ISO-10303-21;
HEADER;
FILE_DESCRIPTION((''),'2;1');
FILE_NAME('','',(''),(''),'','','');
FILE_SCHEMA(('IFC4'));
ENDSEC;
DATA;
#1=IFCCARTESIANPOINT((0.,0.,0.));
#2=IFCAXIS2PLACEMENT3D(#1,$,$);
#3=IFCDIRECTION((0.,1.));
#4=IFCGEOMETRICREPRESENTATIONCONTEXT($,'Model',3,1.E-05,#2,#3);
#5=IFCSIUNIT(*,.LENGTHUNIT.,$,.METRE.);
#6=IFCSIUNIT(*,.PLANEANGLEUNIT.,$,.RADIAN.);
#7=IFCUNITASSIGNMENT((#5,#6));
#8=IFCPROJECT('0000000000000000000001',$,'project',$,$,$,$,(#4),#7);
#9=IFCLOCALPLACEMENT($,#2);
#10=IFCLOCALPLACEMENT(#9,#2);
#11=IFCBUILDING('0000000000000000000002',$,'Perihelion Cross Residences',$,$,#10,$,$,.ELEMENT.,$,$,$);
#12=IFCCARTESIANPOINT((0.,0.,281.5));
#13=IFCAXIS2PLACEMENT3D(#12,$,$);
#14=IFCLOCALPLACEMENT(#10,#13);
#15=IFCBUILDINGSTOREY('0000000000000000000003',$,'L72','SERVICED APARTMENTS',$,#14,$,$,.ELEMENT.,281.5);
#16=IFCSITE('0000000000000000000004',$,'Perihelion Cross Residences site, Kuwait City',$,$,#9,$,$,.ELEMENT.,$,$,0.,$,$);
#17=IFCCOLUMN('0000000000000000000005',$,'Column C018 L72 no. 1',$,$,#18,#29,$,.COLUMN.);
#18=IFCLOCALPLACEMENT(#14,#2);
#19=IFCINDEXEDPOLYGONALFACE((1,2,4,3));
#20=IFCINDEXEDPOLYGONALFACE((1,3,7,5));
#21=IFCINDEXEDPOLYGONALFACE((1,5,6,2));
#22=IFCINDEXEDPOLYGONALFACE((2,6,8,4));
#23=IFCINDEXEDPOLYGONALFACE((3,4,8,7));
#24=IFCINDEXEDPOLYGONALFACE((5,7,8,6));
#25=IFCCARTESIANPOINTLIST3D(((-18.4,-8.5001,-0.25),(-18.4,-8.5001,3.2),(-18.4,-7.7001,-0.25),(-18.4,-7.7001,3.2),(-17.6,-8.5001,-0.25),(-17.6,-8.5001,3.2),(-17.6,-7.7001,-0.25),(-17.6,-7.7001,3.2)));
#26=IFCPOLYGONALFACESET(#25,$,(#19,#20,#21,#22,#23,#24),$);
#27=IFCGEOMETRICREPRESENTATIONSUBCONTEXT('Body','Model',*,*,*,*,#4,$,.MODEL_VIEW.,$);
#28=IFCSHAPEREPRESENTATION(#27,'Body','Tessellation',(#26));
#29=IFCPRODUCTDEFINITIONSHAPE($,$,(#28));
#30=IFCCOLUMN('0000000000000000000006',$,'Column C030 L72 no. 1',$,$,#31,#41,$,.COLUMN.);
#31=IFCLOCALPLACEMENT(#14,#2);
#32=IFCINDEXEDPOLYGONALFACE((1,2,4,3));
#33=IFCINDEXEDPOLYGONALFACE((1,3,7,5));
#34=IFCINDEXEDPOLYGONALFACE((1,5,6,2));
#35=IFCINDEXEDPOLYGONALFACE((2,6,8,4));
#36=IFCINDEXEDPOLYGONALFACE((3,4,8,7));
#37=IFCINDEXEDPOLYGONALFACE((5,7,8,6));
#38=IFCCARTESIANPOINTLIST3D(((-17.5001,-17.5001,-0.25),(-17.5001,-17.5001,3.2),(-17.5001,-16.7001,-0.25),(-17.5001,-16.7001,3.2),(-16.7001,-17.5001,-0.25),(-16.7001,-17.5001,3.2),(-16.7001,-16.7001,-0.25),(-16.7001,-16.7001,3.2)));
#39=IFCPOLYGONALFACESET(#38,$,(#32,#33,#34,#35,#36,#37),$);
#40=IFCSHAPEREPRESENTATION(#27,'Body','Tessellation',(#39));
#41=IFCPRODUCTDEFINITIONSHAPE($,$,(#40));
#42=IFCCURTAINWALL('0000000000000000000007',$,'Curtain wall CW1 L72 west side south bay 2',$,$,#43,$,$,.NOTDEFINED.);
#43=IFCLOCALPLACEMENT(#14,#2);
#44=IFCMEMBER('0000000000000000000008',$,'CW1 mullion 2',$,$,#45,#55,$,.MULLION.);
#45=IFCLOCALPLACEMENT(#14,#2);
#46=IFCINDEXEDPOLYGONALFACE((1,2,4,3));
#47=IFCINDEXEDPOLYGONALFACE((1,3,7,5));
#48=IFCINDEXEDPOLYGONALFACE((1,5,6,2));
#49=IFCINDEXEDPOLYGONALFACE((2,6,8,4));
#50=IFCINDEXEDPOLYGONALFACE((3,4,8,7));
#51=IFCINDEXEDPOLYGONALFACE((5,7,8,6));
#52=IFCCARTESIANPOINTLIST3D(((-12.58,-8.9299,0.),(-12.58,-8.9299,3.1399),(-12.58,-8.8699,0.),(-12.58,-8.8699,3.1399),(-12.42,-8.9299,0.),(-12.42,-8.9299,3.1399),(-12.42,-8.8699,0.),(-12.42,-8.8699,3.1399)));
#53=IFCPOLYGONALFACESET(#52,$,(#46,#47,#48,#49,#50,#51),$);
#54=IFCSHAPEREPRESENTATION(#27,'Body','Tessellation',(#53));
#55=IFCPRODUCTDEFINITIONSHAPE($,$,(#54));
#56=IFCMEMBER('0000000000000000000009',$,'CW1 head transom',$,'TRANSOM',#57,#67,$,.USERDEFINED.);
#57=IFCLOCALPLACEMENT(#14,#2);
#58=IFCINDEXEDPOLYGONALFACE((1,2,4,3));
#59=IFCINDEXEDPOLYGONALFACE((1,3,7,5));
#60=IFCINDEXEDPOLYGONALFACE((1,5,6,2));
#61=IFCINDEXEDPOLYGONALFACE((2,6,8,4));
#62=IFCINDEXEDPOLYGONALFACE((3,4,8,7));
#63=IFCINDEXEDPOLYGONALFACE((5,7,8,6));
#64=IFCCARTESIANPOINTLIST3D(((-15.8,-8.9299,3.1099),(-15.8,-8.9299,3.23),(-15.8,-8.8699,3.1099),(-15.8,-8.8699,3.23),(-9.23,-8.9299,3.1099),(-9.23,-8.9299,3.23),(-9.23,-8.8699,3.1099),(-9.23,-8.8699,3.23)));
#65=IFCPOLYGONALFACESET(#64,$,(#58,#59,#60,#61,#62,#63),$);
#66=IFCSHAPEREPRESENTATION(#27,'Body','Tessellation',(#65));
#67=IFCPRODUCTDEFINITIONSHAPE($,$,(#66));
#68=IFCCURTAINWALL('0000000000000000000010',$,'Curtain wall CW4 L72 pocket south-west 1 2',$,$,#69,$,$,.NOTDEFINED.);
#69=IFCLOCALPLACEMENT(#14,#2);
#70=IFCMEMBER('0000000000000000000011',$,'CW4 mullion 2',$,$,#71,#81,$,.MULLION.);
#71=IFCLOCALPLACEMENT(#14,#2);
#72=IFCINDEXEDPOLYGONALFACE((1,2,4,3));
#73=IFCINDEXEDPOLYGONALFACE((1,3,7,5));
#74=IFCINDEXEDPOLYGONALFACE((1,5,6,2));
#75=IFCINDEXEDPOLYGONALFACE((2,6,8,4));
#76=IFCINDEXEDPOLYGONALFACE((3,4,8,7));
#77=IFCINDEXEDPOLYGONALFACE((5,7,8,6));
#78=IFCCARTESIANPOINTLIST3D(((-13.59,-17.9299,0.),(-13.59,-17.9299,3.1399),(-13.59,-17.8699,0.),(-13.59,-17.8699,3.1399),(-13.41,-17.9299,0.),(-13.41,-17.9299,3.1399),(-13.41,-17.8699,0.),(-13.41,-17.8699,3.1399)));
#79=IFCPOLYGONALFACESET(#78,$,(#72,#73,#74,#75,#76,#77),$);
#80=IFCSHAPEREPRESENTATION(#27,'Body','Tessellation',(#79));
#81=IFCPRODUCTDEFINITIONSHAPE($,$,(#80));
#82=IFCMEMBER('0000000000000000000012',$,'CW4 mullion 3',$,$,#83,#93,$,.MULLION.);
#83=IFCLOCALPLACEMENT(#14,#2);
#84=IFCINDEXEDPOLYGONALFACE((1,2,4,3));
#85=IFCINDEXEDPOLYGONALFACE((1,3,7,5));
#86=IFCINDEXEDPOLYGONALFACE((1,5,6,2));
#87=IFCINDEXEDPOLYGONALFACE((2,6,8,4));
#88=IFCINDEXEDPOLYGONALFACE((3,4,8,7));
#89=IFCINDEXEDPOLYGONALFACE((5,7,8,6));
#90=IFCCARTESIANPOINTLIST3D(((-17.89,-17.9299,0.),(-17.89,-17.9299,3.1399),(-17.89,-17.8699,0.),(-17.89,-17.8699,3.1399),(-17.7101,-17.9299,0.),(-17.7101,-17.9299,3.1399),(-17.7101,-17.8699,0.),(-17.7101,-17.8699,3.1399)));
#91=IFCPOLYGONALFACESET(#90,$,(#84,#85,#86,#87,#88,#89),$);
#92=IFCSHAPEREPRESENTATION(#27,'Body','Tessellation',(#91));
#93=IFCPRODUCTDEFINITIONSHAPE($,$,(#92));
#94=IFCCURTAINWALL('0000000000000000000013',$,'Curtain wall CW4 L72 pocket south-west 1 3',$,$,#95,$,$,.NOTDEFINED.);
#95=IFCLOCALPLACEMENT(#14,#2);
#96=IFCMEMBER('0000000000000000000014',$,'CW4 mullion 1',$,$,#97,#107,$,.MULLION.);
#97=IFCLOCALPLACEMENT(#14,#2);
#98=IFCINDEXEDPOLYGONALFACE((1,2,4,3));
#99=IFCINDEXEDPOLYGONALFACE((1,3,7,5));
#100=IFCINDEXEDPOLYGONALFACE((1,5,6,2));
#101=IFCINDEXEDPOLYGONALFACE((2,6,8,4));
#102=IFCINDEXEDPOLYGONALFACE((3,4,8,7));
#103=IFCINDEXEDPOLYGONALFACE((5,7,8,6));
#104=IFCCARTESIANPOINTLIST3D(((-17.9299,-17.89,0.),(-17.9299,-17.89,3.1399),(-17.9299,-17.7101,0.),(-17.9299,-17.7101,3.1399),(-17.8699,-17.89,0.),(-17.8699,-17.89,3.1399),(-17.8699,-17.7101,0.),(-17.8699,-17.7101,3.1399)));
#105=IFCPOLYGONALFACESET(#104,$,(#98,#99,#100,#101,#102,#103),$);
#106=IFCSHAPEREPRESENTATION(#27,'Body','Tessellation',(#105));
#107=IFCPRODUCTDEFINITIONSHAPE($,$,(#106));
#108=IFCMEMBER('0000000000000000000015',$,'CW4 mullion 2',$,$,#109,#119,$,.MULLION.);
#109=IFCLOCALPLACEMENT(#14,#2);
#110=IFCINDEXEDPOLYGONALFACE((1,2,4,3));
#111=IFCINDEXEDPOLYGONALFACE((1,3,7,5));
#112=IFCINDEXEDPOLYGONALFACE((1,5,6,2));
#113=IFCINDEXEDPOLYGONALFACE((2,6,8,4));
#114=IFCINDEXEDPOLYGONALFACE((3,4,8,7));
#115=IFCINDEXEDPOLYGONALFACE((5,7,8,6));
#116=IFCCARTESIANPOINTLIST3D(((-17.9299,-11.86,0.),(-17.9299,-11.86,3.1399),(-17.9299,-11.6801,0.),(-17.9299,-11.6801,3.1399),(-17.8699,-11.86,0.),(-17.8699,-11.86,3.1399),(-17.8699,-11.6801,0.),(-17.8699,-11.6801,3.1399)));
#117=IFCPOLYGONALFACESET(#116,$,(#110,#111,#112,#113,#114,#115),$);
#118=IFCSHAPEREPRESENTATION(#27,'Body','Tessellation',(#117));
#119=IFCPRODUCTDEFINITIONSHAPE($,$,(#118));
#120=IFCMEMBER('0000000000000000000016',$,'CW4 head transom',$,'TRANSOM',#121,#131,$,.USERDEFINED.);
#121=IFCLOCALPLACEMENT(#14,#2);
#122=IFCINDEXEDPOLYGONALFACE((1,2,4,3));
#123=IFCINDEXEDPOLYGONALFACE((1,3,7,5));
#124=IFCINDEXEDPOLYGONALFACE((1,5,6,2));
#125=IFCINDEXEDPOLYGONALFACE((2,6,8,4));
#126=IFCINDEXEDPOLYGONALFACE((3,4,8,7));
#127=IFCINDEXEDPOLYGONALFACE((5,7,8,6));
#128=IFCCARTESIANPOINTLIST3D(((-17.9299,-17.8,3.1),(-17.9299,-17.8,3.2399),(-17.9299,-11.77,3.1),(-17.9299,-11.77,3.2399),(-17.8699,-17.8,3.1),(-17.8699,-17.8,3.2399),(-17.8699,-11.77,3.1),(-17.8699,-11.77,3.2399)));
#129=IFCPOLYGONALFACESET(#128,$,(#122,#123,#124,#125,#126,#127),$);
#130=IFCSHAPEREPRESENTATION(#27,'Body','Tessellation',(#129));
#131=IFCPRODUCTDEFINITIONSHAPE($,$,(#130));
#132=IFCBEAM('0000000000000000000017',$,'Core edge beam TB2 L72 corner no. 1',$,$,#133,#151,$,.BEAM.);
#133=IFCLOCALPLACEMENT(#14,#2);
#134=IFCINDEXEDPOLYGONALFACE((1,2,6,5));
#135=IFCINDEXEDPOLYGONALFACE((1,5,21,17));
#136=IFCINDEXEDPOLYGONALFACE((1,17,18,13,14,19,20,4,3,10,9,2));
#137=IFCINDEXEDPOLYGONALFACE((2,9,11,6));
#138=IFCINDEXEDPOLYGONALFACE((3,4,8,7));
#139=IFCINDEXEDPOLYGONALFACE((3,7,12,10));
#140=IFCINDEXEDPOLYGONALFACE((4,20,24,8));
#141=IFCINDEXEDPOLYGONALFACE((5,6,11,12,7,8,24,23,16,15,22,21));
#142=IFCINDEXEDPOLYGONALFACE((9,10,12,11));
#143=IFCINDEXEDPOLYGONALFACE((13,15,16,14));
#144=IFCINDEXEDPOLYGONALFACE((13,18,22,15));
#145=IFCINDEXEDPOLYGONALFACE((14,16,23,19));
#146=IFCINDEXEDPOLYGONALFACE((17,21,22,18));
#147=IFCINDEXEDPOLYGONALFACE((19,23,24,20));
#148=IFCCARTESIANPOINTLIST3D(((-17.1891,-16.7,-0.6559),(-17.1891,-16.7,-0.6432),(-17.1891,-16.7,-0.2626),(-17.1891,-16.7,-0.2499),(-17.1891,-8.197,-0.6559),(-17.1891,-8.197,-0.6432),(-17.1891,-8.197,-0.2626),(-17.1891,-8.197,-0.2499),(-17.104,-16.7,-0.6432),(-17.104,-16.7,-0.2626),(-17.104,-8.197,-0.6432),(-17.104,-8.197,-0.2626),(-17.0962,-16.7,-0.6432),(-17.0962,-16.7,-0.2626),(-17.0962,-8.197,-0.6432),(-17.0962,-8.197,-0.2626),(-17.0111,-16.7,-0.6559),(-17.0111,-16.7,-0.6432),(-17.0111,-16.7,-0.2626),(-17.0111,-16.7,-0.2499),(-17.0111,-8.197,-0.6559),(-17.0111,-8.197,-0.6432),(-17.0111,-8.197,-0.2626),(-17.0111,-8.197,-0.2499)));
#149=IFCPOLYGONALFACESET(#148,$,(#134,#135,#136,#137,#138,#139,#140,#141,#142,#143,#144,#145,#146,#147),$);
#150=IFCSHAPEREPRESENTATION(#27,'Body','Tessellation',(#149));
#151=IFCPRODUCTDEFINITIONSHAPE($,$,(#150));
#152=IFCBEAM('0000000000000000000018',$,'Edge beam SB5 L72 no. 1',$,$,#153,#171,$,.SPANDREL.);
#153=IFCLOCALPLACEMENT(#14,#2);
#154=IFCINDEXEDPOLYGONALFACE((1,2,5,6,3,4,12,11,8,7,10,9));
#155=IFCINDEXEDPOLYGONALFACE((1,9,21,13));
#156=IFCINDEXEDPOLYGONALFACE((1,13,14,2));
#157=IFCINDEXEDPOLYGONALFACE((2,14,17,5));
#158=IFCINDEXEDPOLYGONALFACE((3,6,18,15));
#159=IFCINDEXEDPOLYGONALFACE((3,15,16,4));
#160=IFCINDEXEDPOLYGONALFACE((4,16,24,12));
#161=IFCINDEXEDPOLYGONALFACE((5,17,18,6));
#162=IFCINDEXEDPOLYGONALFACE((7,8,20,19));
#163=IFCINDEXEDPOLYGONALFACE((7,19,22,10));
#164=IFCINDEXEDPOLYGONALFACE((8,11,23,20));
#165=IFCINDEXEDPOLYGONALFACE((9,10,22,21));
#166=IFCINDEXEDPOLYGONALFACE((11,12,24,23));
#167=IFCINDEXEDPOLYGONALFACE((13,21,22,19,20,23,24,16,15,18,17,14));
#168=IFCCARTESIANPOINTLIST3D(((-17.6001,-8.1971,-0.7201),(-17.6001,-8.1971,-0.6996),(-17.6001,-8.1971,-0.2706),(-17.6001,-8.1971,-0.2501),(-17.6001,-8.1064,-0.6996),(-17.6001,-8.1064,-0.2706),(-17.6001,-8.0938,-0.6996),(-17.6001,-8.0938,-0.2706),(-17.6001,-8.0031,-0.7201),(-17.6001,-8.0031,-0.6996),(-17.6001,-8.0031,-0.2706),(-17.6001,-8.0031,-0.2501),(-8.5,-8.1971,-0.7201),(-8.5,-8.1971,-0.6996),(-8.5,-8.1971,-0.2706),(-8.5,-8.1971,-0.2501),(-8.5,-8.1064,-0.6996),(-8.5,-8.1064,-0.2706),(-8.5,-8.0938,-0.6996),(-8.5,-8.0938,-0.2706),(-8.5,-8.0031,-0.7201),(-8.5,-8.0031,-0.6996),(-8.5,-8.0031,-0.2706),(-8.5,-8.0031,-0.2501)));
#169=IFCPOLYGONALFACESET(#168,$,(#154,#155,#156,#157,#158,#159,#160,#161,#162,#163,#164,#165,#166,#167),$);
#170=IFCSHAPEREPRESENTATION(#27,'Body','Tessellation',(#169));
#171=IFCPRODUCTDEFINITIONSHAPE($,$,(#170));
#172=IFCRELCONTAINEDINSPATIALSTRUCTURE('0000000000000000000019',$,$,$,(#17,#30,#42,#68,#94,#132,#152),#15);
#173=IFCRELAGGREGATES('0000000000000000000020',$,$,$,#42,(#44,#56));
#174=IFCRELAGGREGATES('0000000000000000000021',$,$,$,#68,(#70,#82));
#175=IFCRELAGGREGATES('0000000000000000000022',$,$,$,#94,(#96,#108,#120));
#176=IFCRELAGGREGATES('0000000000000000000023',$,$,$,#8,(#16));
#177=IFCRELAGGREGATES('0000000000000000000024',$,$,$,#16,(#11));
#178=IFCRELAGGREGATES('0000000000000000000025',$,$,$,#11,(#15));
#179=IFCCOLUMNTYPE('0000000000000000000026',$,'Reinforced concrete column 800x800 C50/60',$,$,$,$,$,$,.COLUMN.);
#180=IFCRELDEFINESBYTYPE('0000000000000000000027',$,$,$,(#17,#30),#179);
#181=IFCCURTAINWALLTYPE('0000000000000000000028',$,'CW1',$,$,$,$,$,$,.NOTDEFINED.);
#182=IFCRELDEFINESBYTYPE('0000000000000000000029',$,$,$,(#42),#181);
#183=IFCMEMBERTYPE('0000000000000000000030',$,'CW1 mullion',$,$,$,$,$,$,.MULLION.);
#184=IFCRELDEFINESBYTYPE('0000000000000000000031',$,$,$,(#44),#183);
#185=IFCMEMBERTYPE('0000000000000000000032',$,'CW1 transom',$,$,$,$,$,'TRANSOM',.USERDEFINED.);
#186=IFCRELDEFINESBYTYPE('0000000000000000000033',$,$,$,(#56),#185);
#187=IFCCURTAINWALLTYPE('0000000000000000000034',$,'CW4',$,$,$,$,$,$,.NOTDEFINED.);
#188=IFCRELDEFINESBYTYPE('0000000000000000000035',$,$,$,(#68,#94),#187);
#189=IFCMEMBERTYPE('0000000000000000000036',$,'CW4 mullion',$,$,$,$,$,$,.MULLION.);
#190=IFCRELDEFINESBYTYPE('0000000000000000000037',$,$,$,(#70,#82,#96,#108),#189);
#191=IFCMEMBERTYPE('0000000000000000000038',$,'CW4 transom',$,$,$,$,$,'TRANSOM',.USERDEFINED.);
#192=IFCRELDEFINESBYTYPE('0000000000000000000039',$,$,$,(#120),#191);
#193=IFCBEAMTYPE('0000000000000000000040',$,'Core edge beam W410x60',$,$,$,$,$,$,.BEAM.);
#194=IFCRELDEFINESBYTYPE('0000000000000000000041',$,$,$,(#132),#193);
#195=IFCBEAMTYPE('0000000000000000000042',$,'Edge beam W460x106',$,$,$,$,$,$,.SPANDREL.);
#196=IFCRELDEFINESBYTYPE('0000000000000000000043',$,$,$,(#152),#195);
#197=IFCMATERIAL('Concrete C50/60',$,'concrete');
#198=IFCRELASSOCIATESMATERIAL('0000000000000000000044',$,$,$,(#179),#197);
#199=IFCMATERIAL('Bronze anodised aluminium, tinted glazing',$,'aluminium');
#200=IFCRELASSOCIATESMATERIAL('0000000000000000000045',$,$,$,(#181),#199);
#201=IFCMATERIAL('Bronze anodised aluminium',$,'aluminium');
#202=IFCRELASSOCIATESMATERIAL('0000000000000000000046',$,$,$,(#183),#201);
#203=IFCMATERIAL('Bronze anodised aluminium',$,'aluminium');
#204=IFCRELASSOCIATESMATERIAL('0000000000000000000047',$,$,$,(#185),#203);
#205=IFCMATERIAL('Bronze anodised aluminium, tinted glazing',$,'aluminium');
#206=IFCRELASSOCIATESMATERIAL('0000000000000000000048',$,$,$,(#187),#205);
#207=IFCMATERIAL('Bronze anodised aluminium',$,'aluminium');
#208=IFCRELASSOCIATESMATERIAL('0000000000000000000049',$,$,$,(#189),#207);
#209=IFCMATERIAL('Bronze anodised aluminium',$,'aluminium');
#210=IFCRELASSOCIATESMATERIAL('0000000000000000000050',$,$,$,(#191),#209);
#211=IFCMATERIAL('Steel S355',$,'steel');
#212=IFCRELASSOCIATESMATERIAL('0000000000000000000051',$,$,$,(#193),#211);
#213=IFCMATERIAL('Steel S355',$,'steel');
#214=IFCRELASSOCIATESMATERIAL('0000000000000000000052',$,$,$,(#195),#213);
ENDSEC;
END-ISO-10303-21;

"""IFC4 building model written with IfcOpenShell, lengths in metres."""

from ifc_helpers import new_model, si_unit, direction, frame, origin, origin_2d, place, context, subcontext, project, spatial, rectangle, i_section, extrude, material, material_profile, profile_set, type_object, element, aggregate, save


model = new_model("IFC4")

# Units and contexts
model_context = context("Model", 3, precision=1e-05, world=origin(), true_north=direction((0.0, 1.0)))
body_context = subcontext(model_context, "Body", "Model", "MODEL_VIEW")
ifc_project = project(units=[si_unit("LENGTHUNIT", "METRE"), si_unit("PLANEANGLEUNIT", "RADIAN")], contexts=[model_context])

# Site, building, storey
site_placement = place(None, origin())
site = spatial("IfcSite", under=ifc_project, at=site_placement, Name="Perihelion Cross Residences site, Kuwait City", CompositionType="ELEMENT", RefElevation=0.0)
building_placement = place(site_placement, origin())
building = spatial("IfcBuilding", under=site, at=building_placement, Name="Perihelion Cross Residences", CompositionType="ELEMENT")
storey_placement = place(building_placement, frame((0.0, 0.0, 281.5)))
storey = spatial("IfcBuildingStorey", under=building, at=storey_placement, Name="L72", Description="SERVICED APARTMENTS", CompositionType="ELEMENT", Elevation=281.5)

# Columns
ifc_material_1 = material(Name="Concrete C50/60", Category="concrete")
ifc_material_profile_1 = material_profile(ifc_material_1, rectangle(XDim=0.8, YDim=0.8, at=origin_2d()), Name="RC 800x800")
ifc_profile_set_1 = profile_set([ifc_material_profile_1], Name="Concrete C50/60")
column_type = type_object("IfcColumnType", Name="Reinforced concrete column 800x800 C50/60", PredefinedType="COLUMN", material=ifc_profile_set_1)
for number, where, z_axis, x_axis, name in (
    (1, (-18.0, -8.1001, -0.25), (0.0, 0.0, 1.0), (1.0, 0.0, 0.0), "Column C018 L72 no. 1"),
    (2, (-17.1001, -17.1001, -0.25), (0.0, 0.0, 1.0), (1.0, 0.0, 0.0), "Column C030 L72 no. 1"),
):
    element("IfcColumn", number, at=place(storey_placement, frame(where, z_axis=z_axis, x_axis=x_axis)), inside=storey, type_object=column_type, Name=name, PredefinedType="COLUMN", context=body_context, shape_type="SweptSolid", body=[
        extrude(rectangle(XDim=0.8, YDim=0.8, at=origin_2d()), origin(), (0.0, 0.0, 1.0), 3.45),
    ])

# Curtain walls, members
ifc_material_2 = material(Name="Bronze anodised aluminium, tinted glazing", Category="aluminium")
curtain_wall_type_1 = type_object("IfcCurtainWallType", Name="CW1", PredefinedType="NOTDEFINED", material=ifc_material_2)
curtain_wall_1_placement = place(storey_placement, origin())
curtain_wall_1 = element("IfcCurtainWall", 3, at=curtain_wall_1_placement, inside=storey, type_object=curtain_wall_type_1, Name="Curtain wall CW1 L72 west side south bay 2", PredefinedType="NOTDEFINED")
ifc_material_3 = material(Name="Bronze anodised aluminium", Category="aluminium")
ifc_material_profile_2 = material_profile(ifc_material_3, rectangle(XDim=0.0601, YDim=0.1599, at=origin_2d()), Name="CW1 mullion")
ifc_profile_set_2 = profile_set([ifc_material_profile_2], Name="Bronze anodised aluminium")
member_type_1 = type_object("IfcMemberType", Name="CW1 mullion", PredefinedType="MULLION", material=ifc_profile_set_2)
member_1_placement = place(storey_placement, frame((-12.5, -8.8999, 0.0), z_axis=(0.0, 0.0, 1.0), x_axis=(0.0, 1.0, 0.0)))
member_1 = element("IfcMember", 4, at=member_1_placement, type_object=member_type_1, Name="CW1 mullion 2", PredefinedType="MULLION", context=body_context, shape_type="SweptSolid", body=[
    extrude(rectangle(XDim=0.0601, YDim=0.1599, at=origin_2d()), origin(), (0.0, 0.0, 1.0), 3.1399),
])
ifc_material_4 = material(Name="Bronze anodised aluminium", Category="aluminium")
ifc_material_profile_3 = material_profile(ifc_material_4, rectangle(XDim=0.0601, YDim=0.1201, at=origin_2d()), Name="CW1 transom")
ifc_profile_set_3 = profile_set([ifc_material_profile_3], Name="Bronze anodised aluminium")
member_type_2 = type_object("IfcMemberType", Name="CW1 transom", ElementType="TRANSOM", PredefinedType="USERDEFINED", material=ifc_profile_set_3)
member_2_placement = place(storey_placement, frame((-15.8, -8.8999, 3.1699), z_axis=(1.0, 0.0, 0.0), x_axis=(0.0, 1.0, 0.0)))
member_2 = element("IfcMember", 5, at=member_2_placement, type_object=member_type_2, Name="CW1 head transom", ObjectType="TRANSOM", PredefinedType="USERDEFINED", context=body_context, shape_type="SweptSolid", body=[
    extrude(rectangle(XDim=0.0601, YDim=0.1201, at=origin_2d()), origin(), (0.0, 0.0, 1.0), 6.5701),
])
ifc_material_5 = material(Name="Bronze anodised aluminium, tinted glazing", Category="aluminium")
curtain_wall_type_2 = type_object("IfcCurtainWallType", Name="CW4", PredefinedType="NOTDEFINED", material=ifc_material_5)
curtain_wall_2_placement = place(storey_placement, origin())
curtain_wall_2 = element("IfcCurtainWall", 6, at=curtain_wall_2_placement, inside=storey, type_object=curtain_wall_type_2, Name="Curtain wall CW4 L72 pocket south-west 1 2", PredefinedType="NOTDEFINED")
ifc_material_6 = material(Name="Bronze anodised aluminium", Category="aluminium")
ifc_material_profile_4 = material_profile(ifc_material_6, rectangle(XDim=0.0601, YDim=0.1799, at=origin_2d()), Name="CW4 mullion")
ifc_profile_set_4 = profile_set([ifc_material_profile_4], Name="Bronze anodised aluminium")
member_type_3 = type_object("IfcMemberType", Name="CW4 mullion", PredefinedType="MULLION", material=ifc_profile_set_4)
member_3_placement = place(storey_placement, frame((-13.5, -17.8999, 0.0), z_axis=(0.0, 0.0, 1.0), x_axis=(0.0, -1.0, 0.0)))
member_3 = element("IfcMember", 7, at=member_3_placement, type_object=member_type_3, Name="CW4 mullion 2", PredefinedType="MULLION", context=body_context, shape_type="SweptSolid", body=[
    extrude(rectangle(XDim=0.0601, YDim=0.1799, at=origin_2d()), origin(), (0.0, 0.0, 1.0), 3.1399),
])
member_4_placement = place(storey_placement, frame((-17.8, -17.8999, 0.0), z_axis=(0.0, 0.0, 1.0), x_axis=(0.0, -1.0, 0.0)))
member_4 = element("IfcMember", 8, at=member_4_placement, type_object=member_type_3, Name="CW4 mullion 3", PredefinedType="MULLION", context=body_context, shape_type="SweptSolid", body=[
    extrude(rectangle(XDim=0.0601, YDim=0.1799, at=origin_2d()), origin(), (0.0, 0.0, 1.0), 3.1399),
])
curtain_wall_3_placement = place(storey_placement, origin())
curtain_wall_3 = element("IfcCurtainWall", 9, at=curtain_wall_3_placement, inside=storey, type_object=curtain_wall_type_2, Name="Curtain wall CW4 L72 pocket south-west 1 3", PredefinedType="NOTDEFINED")
member_5_placement = place(storey_placement, frame((-17.8999, -17.8, 0.0), z_axis=(0.0, 0.0, 1.0), x_axis=(-1.0, 0.0, 0.0)))
member_5 = element("IfcMember", 10, at=member_5_placement, type_object=member_type_3, Name="CW4 mullion 1", PredefinedType="MULLION", context=body_context, shape_type="SweptSolid", body=[
    extrude(rectangle(XDim=0.0601, YDim=0.1799, at=origin_2d()), origin(), (0.0, 0.0, 1.0), 3.1399),
])
member_6_placement = place(storey_placement, frame((-17.8999, -11.77, 0.0), z_axis=(0.0, 0.0, 1.0), x_axis=(-1.0, 0.0, 0.0)))
member_6 = element("IfcMember", 11, at=member_6_placement, type_object=member_type_3, Name="CW4 mullion 2", PredefinedType="MULLION", context=body_context, shape_type="SweptSolid", body=[
    extrude(rectangle(XDim=0.0601, YDim=0.1799, at=origin_2d()), origin(), (0.0, 0.0, 1.0), 3.1399),
])
ifc_material_7 = material(Name="Bronze anodised aluminium", Category="aluminium")
ifc_material_profile_5 = material_profile(ifc_material_7, rectangle(XDim=0.0601, YDim=0.1399, at=origin_2d()), Name="CW4 transom")
ifc_profile_set_5 = profile_set([ifc_material_profile_5], Name="Bronze anodised aluminium")
member_type_4 = type_object("IfcMemberType", Name="CW4 transom", ElementType="TRANSOM", PredefinedType="USERDEFINED", material=ifc_profile_set_5)
member_7_placement = place(storey_placement, frame((-17.8999, -17.8, 3.1699), z_axis=(0.0, 1.0, 0.0), x_axis=(-1.0, 0.0, 0.0)))
member_7 = element("IfcMember", 12, at=member_7_placement, type_object=member_type_4, Name="CW4 head transom", ObjectType="TRANSOM", PredefinedType="USERDEFINED", context=body_context, shape_type="SweptSolid", body=[
    extrude(rectangle(XDim=0.0601, YDim=0.1399, at=origin_2d()), origin(), (0.0, 0.0, 1.0), 6.03),
])

# Beams
ifc_material_8 = material(Name="Steel S355", Category="steel")
ifc_material_profile_6 = material_profile(ifc_material_8, i_section(OverallWidth=0.178, OverallDepth=0.406, WebThickness=0.0078, FlangeThickness=0.0127, at=origin_2d()), Name="W410x60")
ifc_profile_set_6 = profile_set([ifc_material_profile_6], Name="Steel S355")
beam_type_1 = type_object("IfcBeamType", Name="Core edge beam W410x60", PredefinedType="BEAM", material=ifc_profile_set_6)
beam_1_placement = place(storey_placement, frame((-17.1001, -8.197, -0.4529), z_axis=(0.0, -1.0, 0.0), x_axis=(1.0, 0.0, 0.0)))
element("IfcBeam", 13, at=beam_1_placement, inside=storey, type_object=beam_type_1, Name="Core edge beam TB2 L72 corner no. 1", PredefinedType="BEAM", context=body_context, shape_type="SweptSolid", body=[
    extrude(i_section(OverallWidth=0.178, OverallDepth=0.406, WebThickness=0.0078, FlangeThickness=0.0127, at=origin_2d()), origin(), (0.0, 0.0, 1.0), 8.5029),
])
ifc_material_9 = material(Name="Steel S355", Category="steel")
ifc_material_profile_7 = material_profile(ifc_material_9, i_section(OverallWidth=0.1941, OverallDepth=0.47, WebThickness=0.0127, FlangeThickness=0.0205, at=origin_2d()), Name="W460x106")
ifc_profile_set_7 = profile_set([ifc_material_profile_7], Name="Steel S355")
beam_type_2 = type_object("IfcBeamType", Name="Edge beam W460x106", PredefinedType="SPANDREL", material=ifc_profile_set_7)
beam_2_placement = place(storey_placement, frame((-17.6001, -8.1001, -0.4851), z_axis=(1.0, 0.0, 0.0), x_axis=(0.0, 1.0, 0.0)))
element("IfcBeam", 14, at=beam_2_placement, inside=storey, type_object=beam_type_2, Name="Edge beam SB5 L72 no. 1", PredefinedType="SPANDREL", context=body_context, shape_type="SweptSolid", body=[
    extrude(i_section(OverallWidth=0.1941, OverallDepth=0.47, WebThickness=0.0127, FlangeThickness=0.0205, at=origin_2d()), origin(), (0.0, 0.0, 1.0), 9.1001),
])

aggregate(curtain_wall_1, [member_1, member_2])
aggregate(curtain_wall_2, [member_3, member_4])
aggregate(curtain_wall_3, [member_5, member_6, member_7])

save(model, "model.ifc")
